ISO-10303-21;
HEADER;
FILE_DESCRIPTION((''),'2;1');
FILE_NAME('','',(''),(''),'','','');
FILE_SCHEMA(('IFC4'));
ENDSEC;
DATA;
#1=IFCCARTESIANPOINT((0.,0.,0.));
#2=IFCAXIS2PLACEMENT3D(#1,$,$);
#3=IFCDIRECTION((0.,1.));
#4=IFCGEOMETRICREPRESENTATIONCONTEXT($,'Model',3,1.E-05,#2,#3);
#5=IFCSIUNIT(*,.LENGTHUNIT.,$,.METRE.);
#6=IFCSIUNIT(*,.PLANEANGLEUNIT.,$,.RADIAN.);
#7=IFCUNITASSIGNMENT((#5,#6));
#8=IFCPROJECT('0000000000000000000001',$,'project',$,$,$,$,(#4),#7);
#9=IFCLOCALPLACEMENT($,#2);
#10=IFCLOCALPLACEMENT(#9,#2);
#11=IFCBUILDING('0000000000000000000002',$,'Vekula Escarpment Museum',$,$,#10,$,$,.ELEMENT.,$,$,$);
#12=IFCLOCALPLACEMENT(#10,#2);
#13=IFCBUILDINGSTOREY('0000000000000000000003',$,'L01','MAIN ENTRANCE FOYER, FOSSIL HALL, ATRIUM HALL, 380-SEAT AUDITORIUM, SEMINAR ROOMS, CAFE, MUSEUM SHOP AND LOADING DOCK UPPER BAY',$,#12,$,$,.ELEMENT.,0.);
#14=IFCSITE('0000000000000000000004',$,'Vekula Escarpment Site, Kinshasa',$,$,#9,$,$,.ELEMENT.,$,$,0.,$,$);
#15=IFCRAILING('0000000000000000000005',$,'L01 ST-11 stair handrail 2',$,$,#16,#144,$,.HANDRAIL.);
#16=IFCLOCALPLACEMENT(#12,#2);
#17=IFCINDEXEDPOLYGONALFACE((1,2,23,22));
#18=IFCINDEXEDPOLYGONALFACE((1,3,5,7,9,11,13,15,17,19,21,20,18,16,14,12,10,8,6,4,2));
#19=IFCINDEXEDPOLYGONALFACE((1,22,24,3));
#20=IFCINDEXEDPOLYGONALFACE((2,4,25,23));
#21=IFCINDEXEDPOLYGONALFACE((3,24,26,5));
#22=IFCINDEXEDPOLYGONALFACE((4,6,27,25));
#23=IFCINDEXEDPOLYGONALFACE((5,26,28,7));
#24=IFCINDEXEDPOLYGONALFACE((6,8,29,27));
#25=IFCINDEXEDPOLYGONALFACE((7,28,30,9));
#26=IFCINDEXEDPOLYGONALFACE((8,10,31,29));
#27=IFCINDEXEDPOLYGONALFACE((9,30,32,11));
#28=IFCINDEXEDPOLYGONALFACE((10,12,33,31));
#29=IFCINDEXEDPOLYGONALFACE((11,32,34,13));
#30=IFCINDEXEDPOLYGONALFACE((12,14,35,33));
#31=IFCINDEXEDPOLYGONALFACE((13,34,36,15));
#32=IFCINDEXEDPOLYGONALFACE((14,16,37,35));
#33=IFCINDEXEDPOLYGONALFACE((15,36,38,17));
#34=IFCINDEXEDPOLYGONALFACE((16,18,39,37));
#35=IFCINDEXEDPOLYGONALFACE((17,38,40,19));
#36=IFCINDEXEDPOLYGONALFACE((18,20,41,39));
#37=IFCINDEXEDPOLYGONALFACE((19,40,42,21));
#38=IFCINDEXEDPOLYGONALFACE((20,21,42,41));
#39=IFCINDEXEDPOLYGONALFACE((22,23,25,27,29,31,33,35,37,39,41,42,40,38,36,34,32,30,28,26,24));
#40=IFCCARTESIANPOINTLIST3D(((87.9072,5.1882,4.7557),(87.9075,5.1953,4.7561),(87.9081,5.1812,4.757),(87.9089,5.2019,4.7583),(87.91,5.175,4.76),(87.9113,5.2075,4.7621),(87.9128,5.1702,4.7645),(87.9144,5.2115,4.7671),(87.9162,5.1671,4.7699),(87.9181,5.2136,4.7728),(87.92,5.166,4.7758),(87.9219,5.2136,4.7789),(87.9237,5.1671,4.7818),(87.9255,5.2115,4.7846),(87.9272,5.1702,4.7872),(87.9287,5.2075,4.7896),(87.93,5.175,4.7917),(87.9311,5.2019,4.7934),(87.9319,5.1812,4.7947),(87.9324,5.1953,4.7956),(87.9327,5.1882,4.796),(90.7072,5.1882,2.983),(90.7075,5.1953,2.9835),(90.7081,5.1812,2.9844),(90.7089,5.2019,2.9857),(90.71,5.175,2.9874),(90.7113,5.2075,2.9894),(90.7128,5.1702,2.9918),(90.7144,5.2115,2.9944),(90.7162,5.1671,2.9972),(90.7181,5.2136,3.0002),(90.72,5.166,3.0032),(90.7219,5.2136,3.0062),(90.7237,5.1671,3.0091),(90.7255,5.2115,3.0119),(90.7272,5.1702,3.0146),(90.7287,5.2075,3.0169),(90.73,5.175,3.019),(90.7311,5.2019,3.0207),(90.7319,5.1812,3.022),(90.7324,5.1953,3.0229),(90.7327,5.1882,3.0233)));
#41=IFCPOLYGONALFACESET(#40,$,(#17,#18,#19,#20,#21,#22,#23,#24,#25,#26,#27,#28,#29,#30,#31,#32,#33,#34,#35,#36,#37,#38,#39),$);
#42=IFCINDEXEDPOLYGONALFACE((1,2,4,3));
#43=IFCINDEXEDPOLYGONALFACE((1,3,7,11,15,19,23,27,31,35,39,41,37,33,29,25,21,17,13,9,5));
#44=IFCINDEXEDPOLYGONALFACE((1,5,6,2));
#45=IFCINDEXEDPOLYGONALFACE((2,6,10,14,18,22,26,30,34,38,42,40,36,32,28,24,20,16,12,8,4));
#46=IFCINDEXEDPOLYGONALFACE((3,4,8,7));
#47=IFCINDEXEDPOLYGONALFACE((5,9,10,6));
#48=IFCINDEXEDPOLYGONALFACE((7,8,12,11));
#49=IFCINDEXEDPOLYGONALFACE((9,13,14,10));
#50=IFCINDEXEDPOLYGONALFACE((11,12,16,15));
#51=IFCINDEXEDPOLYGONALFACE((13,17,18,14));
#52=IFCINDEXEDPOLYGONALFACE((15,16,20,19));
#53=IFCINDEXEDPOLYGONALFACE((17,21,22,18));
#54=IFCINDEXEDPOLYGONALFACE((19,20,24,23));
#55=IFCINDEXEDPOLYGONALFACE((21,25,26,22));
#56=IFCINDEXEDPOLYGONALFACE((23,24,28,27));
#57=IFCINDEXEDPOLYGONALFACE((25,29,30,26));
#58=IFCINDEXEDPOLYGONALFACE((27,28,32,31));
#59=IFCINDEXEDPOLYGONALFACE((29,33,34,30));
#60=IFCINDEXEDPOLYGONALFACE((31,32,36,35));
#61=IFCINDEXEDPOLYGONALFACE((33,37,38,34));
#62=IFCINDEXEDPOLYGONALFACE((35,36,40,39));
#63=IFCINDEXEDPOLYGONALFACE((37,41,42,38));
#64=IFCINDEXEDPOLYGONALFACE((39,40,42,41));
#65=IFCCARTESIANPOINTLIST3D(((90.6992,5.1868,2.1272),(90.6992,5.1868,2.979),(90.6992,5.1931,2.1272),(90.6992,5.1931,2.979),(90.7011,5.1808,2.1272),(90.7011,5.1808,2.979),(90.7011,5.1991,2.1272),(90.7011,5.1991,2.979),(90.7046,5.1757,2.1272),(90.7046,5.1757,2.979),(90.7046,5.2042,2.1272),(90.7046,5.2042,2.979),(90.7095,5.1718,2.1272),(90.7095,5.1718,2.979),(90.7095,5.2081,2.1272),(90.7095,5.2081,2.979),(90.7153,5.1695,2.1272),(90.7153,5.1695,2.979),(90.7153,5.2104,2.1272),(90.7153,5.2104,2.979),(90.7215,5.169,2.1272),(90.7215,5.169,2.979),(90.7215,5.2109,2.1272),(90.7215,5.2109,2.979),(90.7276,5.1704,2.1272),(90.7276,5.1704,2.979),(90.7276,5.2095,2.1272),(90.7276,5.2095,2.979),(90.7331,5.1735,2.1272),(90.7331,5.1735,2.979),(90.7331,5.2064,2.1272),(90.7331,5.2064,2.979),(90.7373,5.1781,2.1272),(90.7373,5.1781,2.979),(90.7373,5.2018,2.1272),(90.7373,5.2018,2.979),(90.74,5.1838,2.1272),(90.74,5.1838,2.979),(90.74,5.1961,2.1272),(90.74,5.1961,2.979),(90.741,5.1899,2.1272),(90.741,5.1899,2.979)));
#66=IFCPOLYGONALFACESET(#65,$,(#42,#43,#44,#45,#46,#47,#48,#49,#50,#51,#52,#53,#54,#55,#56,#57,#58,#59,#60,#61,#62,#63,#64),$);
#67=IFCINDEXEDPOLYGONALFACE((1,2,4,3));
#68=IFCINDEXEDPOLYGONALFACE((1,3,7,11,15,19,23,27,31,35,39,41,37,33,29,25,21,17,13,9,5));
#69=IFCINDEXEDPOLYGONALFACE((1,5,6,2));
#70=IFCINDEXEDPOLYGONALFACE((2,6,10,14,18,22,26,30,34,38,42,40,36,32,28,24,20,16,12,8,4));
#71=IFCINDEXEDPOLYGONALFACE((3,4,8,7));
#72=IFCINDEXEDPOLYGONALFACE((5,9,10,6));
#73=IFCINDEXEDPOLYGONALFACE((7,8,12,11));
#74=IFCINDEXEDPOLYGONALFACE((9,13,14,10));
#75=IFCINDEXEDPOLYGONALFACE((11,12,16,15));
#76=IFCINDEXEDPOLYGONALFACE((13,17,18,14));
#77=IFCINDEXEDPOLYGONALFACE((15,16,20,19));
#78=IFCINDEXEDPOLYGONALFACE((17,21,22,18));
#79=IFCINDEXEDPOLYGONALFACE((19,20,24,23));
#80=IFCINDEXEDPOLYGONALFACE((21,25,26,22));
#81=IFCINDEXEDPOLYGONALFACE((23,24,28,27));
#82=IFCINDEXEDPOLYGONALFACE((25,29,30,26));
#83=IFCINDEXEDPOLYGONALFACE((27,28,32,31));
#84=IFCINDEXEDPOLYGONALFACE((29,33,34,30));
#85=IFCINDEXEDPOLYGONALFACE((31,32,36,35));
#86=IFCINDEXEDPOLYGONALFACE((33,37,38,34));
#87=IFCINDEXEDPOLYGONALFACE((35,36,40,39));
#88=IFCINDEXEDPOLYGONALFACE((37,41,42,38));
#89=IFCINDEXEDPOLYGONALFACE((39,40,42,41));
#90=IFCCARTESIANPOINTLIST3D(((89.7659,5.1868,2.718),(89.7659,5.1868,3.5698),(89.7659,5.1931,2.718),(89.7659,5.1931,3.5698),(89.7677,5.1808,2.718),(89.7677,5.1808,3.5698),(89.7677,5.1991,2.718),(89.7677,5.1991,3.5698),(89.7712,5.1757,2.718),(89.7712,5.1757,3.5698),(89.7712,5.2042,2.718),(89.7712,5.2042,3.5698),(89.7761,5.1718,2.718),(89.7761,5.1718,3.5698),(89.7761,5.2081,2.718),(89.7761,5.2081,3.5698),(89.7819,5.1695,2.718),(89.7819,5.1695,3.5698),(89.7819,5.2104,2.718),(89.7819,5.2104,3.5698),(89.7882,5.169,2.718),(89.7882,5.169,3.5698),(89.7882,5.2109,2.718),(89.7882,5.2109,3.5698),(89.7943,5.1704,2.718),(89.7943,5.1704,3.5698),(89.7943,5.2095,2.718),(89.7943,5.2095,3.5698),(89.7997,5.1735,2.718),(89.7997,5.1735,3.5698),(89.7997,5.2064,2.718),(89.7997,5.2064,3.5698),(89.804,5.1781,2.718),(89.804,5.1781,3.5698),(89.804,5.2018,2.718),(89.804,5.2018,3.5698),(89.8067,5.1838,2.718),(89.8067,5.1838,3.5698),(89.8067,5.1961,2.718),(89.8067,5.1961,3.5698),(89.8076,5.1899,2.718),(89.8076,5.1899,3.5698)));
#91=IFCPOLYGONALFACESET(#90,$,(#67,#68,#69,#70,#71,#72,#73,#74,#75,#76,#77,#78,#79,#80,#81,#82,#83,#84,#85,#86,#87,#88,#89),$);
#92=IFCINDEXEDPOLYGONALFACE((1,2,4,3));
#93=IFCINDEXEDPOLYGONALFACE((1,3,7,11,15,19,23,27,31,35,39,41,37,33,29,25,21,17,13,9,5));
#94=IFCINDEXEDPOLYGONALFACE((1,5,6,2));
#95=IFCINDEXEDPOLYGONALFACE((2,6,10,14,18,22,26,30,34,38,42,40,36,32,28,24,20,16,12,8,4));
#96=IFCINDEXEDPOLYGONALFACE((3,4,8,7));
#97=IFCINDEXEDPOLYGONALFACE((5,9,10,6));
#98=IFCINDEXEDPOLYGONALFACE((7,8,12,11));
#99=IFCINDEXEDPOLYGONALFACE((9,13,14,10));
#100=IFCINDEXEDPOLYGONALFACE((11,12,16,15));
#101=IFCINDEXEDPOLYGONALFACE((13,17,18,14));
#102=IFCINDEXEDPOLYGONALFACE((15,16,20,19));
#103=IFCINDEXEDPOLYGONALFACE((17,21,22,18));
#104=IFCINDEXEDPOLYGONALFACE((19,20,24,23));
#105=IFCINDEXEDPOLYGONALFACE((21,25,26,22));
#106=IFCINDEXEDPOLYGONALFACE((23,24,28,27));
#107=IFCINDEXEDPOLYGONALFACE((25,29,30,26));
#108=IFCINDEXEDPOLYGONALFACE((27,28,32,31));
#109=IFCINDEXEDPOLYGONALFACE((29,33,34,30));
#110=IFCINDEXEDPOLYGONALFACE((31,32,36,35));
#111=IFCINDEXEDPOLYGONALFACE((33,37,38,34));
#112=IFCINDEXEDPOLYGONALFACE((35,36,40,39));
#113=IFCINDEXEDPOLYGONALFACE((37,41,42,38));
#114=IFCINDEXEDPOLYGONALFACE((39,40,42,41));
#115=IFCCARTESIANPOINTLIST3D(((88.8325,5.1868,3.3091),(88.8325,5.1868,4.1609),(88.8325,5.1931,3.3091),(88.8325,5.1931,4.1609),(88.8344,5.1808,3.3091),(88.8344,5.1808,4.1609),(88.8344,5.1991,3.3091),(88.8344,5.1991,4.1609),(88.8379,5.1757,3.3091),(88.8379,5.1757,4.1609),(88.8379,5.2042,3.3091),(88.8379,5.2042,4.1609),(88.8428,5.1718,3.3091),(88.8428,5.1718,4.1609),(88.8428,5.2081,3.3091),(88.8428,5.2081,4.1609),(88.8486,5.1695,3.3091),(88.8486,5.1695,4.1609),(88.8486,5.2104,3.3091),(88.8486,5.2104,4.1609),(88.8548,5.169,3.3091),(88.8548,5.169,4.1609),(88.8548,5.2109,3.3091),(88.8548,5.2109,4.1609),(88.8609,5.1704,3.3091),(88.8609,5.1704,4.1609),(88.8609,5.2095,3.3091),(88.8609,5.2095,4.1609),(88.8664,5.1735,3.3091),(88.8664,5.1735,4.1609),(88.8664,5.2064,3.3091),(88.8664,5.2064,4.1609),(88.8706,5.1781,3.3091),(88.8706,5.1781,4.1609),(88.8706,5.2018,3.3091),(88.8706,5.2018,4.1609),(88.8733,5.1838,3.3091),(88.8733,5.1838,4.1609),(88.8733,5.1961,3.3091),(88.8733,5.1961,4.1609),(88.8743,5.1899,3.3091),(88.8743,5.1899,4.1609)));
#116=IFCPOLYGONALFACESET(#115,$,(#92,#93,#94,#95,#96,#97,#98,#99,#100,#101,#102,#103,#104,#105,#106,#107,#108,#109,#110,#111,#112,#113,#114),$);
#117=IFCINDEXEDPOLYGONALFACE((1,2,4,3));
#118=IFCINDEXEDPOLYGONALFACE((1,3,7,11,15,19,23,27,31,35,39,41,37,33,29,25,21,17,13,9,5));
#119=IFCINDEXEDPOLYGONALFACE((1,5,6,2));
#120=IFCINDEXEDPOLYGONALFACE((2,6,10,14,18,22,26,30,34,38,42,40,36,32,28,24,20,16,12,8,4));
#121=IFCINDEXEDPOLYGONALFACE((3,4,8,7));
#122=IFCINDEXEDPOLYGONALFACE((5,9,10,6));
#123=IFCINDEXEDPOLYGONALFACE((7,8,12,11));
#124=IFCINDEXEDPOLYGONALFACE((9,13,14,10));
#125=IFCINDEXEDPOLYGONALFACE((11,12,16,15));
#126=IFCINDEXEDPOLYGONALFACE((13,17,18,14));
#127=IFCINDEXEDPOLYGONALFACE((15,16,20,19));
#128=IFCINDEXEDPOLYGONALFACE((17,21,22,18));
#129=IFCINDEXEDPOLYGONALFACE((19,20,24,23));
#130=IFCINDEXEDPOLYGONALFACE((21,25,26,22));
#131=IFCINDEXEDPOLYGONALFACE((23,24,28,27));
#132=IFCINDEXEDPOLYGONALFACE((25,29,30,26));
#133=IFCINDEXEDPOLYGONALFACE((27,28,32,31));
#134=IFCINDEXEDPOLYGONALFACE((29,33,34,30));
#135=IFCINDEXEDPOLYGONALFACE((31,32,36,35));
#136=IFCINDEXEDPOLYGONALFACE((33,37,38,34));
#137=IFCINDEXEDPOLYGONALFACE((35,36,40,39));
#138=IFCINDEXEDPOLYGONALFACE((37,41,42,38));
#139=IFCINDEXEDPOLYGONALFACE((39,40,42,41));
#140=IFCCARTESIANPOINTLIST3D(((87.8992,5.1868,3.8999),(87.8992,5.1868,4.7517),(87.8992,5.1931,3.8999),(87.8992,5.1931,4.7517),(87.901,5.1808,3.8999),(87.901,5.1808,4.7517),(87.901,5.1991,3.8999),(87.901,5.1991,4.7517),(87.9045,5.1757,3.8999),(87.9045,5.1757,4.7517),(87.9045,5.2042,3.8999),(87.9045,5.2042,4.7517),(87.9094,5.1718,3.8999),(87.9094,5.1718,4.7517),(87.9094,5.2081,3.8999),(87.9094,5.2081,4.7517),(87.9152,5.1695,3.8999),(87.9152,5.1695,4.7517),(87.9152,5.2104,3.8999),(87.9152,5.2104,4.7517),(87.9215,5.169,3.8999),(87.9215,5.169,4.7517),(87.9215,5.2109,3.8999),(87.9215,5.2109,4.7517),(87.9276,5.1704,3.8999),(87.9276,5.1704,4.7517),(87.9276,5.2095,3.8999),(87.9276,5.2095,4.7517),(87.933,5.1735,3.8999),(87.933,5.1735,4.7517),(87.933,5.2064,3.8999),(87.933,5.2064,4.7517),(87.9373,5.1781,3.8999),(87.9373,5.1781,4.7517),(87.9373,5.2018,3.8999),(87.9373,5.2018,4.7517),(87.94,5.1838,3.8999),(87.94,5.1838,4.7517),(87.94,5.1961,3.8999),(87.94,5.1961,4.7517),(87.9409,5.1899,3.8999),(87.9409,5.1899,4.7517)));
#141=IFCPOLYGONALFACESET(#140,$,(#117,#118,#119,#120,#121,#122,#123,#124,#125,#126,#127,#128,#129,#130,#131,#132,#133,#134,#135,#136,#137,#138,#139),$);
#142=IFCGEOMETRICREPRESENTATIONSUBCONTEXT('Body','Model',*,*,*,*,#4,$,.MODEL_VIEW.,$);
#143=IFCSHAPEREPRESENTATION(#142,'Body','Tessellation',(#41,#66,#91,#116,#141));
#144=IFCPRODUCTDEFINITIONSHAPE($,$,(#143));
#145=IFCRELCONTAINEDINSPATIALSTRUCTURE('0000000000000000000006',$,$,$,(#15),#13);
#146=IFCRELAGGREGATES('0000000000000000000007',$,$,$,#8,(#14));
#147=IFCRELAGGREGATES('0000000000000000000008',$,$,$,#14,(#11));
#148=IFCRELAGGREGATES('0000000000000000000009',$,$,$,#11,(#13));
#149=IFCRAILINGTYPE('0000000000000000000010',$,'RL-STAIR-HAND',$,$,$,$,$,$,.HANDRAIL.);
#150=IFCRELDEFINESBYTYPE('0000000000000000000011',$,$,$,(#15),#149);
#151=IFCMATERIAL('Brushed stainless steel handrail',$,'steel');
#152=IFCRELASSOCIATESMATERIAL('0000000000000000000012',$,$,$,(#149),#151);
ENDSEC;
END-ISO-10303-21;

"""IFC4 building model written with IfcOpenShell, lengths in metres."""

from ifc_helpers import new_model, si_unit, direction, frame, origin, origin_2d, place, context, subcontext, project, spatial, circle, extrude, material, type_object, element, save


model = new_model("IFC4")

# Units and contexts
model_context = context("Model", 3, precision=1e-05, world=origin(), true_north=direction((0.0, 1.0)))
body_context = subcontext(model_context, "Body", "Model", "MODEL_VIEW")
ifc_project = project(units=[si_unit("LENGTHUNIT", "METRE"), si_unit("PLANEANGLEUNIT", "RADIAN")], contexts=[model_context])

# Site, building, storey
site_placement = place(None, origin())
site = spatial("IfcSite", under=ifc_project, at=site_placement, Name="Vekula Escarpment Site, Kinshasa", CompositionType="ELEMENT", RefElevation=0.0)
building_placement = place(site_placement, origin())
building = spatial("IfcBuilding", under=site, at=building_placement, Name="Vekula Escarpment Museum", CompositionType="ELEMENT")
storey_placement = place(building_placement, origin())
storey = spatial("IfcBuildingStorey", under=building, at=storey_placement, Name="L01", Description="MAIN ENTRANCE FOYER, FOSSIL HALL, ATRIUM HALL, 380-SEAT AUDITORIUM, SEMINAR ROOMS, CAFE, MUSEUM SHOP AND LOADING DOCK UPPER BAY", CompositionType="ELEMENT", Elevation=0.0)

# Railing
ifc_material_1 = material(Name="Brushed stainless steel handrail", Category="steel")
railing_type_1 = type_object("IfcRailingType", Name="RL-STAIR-HAND", PredefinedType="HANDRAIL", material=ifc_material_1)
railing_1_placement = place(storey_placement, frame((90.72, 5.1899, 2.1272)))
element("IfcRailing", 1, at=railing_1_placement, inside=storey, type_object=railing_type_1, Name="L01 ST-11 stair handrail 2", PredefinedType="HANDRAIL", context=body_context, shape_type="SweptSolid", body=[
    extrude(circle(Radius=0.0239, at=origin_2d()), frame((0.0, 0.0, 0.876), z_axis=(-0.844909, 0.0, 0.53491), x_axis=(0.0, -1.0, 0.0)), (0.0, 0.0, 1.0), 3.314),
    extrude(circle(Radius=0.021, at=origin_2d()), origin(), (0.0, 0.0, 1.0), 0.8518),
    extrude(circle(Radius=0.021, at=origin_2d()), frame((-0.9333, 0.0, 0.5908)), (0.0, 0.0, 1.0), 0.8518),
    extrude(circle(Radius=0.021, at=origin_2d()), frame((-1.8667, 0.0, 1.1819)), (0.0, 0.0, 1.0), 0.8518),
    extrude(circle(Radius=0.021, at=origin_2d()), frame((-2.8, 0.0, 1.7727)), (0.0, 0.0, 1.0), 0.8518),
])

save(model, "model.ifc")
